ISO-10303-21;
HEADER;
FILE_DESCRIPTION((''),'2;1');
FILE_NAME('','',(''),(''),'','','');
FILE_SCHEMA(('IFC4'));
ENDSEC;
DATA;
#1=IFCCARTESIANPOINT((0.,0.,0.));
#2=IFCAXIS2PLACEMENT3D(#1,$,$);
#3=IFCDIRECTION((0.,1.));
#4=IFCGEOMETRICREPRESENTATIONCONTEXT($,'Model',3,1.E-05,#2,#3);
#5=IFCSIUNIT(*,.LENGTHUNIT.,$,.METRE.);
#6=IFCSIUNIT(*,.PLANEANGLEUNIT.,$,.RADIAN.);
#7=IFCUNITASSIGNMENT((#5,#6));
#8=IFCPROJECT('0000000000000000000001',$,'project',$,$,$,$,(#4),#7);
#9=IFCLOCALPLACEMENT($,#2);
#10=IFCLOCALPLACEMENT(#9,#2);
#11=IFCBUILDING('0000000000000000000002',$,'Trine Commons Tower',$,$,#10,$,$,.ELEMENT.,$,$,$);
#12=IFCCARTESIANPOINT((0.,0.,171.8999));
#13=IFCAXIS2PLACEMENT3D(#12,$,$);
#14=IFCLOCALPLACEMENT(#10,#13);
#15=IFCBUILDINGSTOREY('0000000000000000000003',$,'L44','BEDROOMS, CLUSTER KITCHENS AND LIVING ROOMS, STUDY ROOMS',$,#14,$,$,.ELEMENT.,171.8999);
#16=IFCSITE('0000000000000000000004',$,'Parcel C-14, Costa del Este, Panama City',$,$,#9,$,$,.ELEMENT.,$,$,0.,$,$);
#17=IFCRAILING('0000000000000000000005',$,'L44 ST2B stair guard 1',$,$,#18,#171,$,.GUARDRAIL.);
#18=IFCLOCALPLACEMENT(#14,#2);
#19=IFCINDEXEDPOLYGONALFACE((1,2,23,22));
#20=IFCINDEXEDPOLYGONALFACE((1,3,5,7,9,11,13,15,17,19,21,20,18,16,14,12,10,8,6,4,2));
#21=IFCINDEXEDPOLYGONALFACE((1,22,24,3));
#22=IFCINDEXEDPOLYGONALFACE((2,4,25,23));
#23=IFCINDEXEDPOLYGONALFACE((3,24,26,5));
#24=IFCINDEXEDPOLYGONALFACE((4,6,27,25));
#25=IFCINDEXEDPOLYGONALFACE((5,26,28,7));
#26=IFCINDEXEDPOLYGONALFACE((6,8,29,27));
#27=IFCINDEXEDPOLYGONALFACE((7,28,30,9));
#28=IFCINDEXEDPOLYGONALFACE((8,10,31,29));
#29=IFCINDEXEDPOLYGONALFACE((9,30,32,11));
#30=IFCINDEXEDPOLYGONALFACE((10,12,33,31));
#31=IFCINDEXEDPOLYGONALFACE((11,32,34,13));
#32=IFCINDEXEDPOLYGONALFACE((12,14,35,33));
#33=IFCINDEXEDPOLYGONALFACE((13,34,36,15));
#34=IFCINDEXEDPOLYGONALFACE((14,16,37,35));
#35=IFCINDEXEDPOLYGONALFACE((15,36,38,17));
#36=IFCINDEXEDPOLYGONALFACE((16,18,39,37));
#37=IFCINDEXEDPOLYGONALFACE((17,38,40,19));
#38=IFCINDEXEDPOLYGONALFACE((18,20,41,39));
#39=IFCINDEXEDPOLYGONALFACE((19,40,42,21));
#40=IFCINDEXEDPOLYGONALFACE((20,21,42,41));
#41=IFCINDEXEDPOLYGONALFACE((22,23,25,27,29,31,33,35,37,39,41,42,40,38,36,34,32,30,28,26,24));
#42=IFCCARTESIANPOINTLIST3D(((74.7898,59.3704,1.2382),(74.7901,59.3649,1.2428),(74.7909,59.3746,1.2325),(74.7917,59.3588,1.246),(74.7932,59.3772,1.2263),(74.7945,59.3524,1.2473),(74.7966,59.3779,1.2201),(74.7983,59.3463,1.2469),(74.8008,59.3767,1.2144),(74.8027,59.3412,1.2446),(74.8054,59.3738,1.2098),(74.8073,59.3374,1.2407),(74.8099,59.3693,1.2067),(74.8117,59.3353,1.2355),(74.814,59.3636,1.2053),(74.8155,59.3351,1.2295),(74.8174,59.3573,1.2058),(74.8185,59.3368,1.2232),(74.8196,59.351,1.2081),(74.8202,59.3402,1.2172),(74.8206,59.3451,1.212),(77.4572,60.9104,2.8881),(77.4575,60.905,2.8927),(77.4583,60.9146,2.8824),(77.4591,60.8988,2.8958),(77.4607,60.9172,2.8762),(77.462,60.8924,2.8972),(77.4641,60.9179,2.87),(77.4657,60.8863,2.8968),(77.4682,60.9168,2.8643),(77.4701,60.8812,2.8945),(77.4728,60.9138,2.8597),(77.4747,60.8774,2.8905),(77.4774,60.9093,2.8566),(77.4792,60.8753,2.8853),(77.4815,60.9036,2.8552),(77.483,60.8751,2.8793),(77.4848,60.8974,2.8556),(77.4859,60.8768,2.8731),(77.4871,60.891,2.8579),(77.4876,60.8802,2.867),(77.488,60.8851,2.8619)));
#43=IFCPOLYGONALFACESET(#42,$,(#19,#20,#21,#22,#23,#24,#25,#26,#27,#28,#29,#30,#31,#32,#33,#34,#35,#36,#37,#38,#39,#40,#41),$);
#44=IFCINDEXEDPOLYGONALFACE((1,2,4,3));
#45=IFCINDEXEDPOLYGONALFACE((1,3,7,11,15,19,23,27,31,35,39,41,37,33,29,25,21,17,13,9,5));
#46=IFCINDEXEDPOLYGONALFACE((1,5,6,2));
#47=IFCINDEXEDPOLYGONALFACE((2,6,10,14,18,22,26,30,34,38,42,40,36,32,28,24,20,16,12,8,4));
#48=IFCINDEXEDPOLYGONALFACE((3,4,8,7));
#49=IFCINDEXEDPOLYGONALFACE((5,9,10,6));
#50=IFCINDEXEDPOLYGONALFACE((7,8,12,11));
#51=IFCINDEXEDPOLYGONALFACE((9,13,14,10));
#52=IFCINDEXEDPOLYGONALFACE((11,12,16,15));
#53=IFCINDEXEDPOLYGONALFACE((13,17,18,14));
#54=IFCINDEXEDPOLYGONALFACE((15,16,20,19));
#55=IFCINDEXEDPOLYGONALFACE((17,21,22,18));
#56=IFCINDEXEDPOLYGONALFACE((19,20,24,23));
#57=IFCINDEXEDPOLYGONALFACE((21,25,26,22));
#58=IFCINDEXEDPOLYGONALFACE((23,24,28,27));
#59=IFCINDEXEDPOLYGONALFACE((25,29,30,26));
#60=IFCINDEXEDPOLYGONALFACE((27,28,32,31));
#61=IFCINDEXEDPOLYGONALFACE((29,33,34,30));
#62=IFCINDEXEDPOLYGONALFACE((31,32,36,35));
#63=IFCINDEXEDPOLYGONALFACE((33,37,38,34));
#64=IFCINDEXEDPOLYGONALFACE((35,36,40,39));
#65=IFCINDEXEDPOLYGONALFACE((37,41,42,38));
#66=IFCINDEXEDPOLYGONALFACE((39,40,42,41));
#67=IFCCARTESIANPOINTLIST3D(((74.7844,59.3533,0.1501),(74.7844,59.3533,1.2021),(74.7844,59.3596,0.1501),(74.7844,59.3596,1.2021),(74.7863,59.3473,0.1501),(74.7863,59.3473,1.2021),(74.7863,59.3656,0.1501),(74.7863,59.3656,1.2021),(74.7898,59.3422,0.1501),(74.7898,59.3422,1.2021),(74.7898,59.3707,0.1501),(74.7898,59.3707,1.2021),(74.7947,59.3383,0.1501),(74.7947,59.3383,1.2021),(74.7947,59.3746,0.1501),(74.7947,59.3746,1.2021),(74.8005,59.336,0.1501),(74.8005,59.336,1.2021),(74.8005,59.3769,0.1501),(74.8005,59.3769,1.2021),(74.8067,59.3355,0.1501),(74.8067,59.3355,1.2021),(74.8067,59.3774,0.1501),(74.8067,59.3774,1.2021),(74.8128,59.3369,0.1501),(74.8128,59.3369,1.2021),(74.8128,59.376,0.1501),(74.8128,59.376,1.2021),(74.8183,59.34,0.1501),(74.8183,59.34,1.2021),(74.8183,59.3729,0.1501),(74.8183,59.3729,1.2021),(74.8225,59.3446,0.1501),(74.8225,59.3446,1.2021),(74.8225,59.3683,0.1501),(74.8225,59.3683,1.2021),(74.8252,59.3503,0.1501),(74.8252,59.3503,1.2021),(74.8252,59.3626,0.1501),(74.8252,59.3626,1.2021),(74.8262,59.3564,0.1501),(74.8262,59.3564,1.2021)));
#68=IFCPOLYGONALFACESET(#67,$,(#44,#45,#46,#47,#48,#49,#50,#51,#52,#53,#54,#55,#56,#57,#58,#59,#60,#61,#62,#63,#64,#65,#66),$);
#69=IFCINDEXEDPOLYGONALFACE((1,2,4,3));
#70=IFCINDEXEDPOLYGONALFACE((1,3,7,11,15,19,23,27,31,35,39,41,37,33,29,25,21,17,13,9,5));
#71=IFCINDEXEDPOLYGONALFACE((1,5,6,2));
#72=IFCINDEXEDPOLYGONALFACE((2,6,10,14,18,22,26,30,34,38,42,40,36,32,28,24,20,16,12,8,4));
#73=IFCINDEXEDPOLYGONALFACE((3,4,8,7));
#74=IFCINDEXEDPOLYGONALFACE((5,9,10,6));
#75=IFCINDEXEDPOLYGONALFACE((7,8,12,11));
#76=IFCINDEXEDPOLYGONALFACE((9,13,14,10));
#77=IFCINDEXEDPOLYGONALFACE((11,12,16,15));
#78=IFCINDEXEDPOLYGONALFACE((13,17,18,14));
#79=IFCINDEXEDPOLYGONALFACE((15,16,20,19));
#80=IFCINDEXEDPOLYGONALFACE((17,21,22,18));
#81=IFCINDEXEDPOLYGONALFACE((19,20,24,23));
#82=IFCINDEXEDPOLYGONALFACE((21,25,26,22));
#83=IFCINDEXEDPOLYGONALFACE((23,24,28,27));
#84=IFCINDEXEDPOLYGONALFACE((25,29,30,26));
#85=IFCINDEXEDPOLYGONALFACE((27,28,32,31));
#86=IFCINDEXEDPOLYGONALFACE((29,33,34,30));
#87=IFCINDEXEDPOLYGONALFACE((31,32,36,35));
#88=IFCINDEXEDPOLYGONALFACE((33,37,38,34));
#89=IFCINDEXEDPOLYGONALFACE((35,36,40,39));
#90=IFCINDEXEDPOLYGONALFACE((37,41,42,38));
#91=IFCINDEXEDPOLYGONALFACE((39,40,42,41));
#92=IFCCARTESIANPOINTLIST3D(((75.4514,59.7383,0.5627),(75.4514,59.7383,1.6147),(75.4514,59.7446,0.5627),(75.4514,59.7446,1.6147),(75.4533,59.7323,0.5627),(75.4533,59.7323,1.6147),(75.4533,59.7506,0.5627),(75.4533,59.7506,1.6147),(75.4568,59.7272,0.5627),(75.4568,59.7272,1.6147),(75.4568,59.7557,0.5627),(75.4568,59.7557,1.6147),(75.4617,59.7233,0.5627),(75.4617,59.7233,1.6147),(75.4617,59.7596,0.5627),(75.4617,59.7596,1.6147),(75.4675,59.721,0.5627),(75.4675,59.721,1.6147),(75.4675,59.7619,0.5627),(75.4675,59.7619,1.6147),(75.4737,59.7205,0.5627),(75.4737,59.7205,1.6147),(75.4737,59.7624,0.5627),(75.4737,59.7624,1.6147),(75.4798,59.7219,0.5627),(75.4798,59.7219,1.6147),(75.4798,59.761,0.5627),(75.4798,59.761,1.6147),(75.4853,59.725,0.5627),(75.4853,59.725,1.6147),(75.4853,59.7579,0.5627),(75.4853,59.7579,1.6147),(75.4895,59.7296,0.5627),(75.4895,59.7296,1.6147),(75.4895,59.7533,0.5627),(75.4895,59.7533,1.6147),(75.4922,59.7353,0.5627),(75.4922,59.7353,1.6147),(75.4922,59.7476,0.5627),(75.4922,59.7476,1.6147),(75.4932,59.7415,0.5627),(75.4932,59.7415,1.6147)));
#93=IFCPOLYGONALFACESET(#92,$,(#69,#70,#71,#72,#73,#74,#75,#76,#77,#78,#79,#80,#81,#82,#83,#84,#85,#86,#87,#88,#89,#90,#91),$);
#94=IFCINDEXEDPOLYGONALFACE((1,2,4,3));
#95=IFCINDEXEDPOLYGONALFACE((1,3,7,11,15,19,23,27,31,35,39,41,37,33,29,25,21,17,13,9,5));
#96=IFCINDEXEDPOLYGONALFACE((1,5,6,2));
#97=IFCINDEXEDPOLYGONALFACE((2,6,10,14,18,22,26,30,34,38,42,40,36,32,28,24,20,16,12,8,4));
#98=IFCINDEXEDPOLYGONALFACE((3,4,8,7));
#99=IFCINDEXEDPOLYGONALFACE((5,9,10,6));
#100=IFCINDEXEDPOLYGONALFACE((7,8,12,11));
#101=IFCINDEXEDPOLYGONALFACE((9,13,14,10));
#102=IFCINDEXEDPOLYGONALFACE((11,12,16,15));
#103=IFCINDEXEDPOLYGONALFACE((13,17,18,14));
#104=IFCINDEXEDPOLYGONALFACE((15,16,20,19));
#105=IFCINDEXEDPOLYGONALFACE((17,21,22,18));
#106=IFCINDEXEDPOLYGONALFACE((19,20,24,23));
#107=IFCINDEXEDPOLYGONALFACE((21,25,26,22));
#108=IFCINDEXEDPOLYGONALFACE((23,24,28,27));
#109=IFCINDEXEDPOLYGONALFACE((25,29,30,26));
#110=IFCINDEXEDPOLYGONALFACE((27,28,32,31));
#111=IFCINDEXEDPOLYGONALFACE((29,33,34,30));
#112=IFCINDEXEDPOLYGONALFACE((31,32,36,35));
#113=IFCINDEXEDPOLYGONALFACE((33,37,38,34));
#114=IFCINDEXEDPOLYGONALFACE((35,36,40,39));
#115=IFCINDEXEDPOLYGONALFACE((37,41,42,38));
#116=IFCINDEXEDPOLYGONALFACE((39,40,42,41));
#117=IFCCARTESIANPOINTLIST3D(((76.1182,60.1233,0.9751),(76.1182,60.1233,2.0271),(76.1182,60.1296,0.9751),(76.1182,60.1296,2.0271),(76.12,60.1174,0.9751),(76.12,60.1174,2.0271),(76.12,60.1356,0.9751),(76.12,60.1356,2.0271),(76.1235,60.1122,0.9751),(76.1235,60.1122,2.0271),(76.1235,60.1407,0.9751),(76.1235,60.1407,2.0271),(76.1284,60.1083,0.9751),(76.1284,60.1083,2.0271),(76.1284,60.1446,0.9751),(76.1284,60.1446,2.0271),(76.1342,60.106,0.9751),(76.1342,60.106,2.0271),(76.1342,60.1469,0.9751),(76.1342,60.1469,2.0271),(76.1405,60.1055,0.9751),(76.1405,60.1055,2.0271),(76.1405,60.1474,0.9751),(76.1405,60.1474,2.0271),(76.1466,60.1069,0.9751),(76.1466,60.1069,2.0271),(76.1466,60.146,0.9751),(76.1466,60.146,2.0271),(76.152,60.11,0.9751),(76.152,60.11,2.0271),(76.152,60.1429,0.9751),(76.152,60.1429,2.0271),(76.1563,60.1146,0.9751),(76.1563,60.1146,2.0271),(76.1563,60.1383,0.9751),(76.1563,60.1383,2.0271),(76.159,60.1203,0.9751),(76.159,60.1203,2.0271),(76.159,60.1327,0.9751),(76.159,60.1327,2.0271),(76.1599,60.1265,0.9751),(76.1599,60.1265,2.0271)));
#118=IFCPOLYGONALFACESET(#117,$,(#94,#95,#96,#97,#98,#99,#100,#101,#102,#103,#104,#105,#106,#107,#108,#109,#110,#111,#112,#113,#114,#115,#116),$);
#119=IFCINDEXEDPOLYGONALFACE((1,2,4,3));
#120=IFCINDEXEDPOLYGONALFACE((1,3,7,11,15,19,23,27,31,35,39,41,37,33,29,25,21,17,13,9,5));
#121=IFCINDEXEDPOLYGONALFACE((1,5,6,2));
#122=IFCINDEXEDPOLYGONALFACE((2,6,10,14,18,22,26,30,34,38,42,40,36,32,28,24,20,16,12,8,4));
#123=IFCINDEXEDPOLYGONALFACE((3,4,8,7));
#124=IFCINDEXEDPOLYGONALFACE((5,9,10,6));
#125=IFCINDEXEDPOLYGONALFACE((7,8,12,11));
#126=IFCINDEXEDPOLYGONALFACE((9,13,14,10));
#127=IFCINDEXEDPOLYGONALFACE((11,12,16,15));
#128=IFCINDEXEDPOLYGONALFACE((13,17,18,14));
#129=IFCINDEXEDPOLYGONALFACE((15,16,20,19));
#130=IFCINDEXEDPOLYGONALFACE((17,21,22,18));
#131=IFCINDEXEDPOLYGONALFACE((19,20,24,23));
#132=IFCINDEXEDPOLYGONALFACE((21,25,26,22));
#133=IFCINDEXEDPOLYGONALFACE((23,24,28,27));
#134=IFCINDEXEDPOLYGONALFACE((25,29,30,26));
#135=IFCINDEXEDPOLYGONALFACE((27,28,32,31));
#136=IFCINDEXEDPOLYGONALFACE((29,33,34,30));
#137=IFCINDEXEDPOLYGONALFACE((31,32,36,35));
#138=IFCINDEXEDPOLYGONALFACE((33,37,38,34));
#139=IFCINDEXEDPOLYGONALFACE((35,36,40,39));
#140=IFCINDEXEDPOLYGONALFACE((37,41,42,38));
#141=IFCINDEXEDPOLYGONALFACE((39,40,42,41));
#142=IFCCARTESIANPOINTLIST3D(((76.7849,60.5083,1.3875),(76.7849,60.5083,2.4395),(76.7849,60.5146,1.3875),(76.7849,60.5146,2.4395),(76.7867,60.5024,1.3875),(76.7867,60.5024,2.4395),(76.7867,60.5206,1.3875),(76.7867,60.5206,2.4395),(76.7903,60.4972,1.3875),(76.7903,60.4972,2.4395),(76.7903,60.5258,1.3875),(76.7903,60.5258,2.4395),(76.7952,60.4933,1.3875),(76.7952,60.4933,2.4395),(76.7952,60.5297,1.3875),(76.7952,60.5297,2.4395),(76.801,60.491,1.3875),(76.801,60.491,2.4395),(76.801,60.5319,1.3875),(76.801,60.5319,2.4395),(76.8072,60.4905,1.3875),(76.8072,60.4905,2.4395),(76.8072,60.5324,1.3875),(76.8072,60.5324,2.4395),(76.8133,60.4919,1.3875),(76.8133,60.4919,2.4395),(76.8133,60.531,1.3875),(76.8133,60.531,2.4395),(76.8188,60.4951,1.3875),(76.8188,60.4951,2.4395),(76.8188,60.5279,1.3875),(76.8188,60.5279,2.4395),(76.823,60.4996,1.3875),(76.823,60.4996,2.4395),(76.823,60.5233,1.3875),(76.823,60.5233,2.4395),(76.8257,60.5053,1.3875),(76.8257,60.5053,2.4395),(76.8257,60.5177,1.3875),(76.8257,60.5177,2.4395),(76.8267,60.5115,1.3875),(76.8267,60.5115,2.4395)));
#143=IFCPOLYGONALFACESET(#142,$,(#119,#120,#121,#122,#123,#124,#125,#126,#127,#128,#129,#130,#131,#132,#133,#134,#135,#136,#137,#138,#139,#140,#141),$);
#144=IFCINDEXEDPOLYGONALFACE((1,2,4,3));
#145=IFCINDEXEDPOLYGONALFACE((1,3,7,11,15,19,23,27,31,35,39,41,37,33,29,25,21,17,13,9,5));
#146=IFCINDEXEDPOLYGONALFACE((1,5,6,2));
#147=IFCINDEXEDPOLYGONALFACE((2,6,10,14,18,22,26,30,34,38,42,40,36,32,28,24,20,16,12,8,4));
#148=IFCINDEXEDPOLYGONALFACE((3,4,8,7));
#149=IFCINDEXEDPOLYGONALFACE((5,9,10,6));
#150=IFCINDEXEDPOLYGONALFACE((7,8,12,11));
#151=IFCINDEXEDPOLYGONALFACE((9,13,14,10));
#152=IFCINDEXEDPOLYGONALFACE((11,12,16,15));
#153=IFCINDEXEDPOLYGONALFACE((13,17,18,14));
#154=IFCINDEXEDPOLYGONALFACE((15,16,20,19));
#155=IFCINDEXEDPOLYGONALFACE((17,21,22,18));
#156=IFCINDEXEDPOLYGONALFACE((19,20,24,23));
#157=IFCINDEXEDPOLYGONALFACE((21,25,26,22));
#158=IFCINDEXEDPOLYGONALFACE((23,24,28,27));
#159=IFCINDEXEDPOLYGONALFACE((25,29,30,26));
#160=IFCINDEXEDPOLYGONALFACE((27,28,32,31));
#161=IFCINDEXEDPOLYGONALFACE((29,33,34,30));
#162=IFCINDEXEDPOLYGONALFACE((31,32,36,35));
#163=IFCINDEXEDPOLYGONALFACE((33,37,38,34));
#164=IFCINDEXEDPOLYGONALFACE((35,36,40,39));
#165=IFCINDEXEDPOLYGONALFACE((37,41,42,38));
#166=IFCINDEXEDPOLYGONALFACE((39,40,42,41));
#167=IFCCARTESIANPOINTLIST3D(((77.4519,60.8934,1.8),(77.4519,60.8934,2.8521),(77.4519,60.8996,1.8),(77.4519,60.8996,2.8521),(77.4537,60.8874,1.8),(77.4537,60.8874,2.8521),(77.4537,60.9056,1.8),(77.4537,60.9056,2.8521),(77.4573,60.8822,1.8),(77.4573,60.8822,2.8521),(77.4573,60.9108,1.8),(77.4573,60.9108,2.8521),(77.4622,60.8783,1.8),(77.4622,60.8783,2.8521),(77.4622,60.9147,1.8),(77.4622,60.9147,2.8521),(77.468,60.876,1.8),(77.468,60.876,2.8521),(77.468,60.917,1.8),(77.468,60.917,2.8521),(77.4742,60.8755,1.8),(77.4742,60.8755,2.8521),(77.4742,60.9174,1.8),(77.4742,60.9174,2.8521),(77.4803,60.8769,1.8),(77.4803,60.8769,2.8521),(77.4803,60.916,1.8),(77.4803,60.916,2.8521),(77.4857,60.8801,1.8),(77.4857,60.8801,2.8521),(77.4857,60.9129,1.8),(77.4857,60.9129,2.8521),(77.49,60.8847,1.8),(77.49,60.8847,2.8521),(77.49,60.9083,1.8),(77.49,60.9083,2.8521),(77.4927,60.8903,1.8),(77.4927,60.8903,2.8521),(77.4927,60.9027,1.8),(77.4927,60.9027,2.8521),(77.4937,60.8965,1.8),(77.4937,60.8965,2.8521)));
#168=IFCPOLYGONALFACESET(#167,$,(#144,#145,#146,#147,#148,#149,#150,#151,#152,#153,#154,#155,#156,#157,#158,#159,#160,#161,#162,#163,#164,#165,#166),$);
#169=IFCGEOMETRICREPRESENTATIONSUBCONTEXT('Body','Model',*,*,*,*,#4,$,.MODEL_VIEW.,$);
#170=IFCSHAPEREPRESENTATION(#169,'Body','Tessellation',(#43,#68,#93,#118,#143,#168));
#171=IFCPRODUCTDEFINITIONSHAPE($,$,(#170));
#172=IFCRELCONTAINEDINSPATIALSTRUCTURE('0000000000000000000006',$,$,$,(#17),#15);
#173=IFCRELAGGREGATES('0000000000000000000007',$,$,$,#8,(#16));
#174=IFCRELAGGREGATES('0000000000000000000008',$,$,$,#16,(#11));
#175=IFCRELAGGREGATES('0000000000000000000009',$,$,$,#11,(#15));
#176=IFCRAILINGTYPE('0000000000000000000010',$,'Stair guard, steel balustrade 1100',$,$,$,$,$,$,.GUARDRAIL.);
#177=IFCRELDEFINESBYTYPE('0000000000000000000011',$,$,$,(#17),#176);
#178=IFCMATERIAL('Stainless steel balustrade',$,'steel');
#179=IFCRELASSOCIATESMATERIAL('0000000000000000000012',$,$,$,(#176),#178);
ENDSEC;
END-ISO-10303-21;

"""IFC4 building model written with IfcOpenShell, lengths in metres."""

from ifc_helpers import new_model, si_unit, direction, frame, origin, origin_2d, place, context, subcontext, project, spatial, circle, extrude, material, type_object, element, save


model = new_model("IFC4")

# Units and contexts
model_context = context("Model", 3, precision=1e-05, world=origin(), true_north=direction((0.0, 1.0)))
body_context = subcontext(model_context, "Body", "Model", "MODEL_VIEW")
ifc_project = project(units=[si_unit("LENGTHUNIT", "METRE"), si_unit("PLANEANGLEUNIT", "RADIAN")], contexts=[model_context])

# Site, building, storey
site_placement = place(None, origin())
site = spatial("IfcSite", under=ifc_project, at=site_placement, Name="Parcel C-14, Costa del Este, Panama City", CompositionType="ELEMENT", RefElevation=0.0)
building_placement = place(site_placement, origin())
building = spatial("IfcBuilding", under=site, at=building_placement, Name="Trine Commons Tower", CompositionType="ELEMENT")
storey_placement = place(building_placement, frame((0.0, 0.0, 171.8999)))
storey = spatial("IfcBuildingStorey", under=building, at=storey_placement, Name="L44", Description="BEDROOMS, CLUSTER KITCHENS AND LIVING ROOMS, STUDY ROOMS", CompositionType="ELEMENT", Elevation=171.8999)

# Railing
ifc_material_1 = material(Name="Stainless steel balustrade", Category="steel")
railing_type_1 = type_object("IfcRailingType", Name="Stair guard, steel balustrade 1100", PredefinedType="GUARDRAIL", material=ifc_material_1)
railing_1_placement = place(storey_placement, frame((74.8052, 59.3564, 0.1501)))
element("IfcRailing", 1, at=railing_1_placement, inside=storey, type_object=railing_type_1, Name="L44 ST2B stair guard 1", PredefinedType="GUARDRAIL", context=body_context, shape_type="SweptSolid", body=[
    extrude(circle(Radius=0.0239, at=origin_2d()), frame((0.0, 0.0, 1.0762), z_axis=(0.763405, 0.440743, 0.472185), x_axis=(-0.499992, 0.86603, 0.0)), (0.0, 0.0, 1.0), 3.4941),
    extrude(circle(Radius=0.021, at=origin_2d()), origin(), (0.0, 0.0, 1.0), 1.052),
    extrude(circle(Radius=0.021, at=origin_2d()), frame((0.667, 0.385, 0.4126)), (0.0, 0.0, 1.0), 1.052),
    extrude(circle(Radius=0.021, at=origin_2d()), frame((1.3337, 0.77, 0.825)), (0.0, 0.0, 1.0), 1.052),
    extrude(circle(Radius=0.021, at=origin_2d()), frame((2.0005, 1.155, 1.2373)), (0.0, 0.0, 1.0), 1.052),
    extrude(circle(Radius=0.021, at=origin_2d()), frame((2.6675, 1.54, 1.6499)), (0.0, 0.0, 1.0), 1.052),
])

save(model, "model.ifc")
